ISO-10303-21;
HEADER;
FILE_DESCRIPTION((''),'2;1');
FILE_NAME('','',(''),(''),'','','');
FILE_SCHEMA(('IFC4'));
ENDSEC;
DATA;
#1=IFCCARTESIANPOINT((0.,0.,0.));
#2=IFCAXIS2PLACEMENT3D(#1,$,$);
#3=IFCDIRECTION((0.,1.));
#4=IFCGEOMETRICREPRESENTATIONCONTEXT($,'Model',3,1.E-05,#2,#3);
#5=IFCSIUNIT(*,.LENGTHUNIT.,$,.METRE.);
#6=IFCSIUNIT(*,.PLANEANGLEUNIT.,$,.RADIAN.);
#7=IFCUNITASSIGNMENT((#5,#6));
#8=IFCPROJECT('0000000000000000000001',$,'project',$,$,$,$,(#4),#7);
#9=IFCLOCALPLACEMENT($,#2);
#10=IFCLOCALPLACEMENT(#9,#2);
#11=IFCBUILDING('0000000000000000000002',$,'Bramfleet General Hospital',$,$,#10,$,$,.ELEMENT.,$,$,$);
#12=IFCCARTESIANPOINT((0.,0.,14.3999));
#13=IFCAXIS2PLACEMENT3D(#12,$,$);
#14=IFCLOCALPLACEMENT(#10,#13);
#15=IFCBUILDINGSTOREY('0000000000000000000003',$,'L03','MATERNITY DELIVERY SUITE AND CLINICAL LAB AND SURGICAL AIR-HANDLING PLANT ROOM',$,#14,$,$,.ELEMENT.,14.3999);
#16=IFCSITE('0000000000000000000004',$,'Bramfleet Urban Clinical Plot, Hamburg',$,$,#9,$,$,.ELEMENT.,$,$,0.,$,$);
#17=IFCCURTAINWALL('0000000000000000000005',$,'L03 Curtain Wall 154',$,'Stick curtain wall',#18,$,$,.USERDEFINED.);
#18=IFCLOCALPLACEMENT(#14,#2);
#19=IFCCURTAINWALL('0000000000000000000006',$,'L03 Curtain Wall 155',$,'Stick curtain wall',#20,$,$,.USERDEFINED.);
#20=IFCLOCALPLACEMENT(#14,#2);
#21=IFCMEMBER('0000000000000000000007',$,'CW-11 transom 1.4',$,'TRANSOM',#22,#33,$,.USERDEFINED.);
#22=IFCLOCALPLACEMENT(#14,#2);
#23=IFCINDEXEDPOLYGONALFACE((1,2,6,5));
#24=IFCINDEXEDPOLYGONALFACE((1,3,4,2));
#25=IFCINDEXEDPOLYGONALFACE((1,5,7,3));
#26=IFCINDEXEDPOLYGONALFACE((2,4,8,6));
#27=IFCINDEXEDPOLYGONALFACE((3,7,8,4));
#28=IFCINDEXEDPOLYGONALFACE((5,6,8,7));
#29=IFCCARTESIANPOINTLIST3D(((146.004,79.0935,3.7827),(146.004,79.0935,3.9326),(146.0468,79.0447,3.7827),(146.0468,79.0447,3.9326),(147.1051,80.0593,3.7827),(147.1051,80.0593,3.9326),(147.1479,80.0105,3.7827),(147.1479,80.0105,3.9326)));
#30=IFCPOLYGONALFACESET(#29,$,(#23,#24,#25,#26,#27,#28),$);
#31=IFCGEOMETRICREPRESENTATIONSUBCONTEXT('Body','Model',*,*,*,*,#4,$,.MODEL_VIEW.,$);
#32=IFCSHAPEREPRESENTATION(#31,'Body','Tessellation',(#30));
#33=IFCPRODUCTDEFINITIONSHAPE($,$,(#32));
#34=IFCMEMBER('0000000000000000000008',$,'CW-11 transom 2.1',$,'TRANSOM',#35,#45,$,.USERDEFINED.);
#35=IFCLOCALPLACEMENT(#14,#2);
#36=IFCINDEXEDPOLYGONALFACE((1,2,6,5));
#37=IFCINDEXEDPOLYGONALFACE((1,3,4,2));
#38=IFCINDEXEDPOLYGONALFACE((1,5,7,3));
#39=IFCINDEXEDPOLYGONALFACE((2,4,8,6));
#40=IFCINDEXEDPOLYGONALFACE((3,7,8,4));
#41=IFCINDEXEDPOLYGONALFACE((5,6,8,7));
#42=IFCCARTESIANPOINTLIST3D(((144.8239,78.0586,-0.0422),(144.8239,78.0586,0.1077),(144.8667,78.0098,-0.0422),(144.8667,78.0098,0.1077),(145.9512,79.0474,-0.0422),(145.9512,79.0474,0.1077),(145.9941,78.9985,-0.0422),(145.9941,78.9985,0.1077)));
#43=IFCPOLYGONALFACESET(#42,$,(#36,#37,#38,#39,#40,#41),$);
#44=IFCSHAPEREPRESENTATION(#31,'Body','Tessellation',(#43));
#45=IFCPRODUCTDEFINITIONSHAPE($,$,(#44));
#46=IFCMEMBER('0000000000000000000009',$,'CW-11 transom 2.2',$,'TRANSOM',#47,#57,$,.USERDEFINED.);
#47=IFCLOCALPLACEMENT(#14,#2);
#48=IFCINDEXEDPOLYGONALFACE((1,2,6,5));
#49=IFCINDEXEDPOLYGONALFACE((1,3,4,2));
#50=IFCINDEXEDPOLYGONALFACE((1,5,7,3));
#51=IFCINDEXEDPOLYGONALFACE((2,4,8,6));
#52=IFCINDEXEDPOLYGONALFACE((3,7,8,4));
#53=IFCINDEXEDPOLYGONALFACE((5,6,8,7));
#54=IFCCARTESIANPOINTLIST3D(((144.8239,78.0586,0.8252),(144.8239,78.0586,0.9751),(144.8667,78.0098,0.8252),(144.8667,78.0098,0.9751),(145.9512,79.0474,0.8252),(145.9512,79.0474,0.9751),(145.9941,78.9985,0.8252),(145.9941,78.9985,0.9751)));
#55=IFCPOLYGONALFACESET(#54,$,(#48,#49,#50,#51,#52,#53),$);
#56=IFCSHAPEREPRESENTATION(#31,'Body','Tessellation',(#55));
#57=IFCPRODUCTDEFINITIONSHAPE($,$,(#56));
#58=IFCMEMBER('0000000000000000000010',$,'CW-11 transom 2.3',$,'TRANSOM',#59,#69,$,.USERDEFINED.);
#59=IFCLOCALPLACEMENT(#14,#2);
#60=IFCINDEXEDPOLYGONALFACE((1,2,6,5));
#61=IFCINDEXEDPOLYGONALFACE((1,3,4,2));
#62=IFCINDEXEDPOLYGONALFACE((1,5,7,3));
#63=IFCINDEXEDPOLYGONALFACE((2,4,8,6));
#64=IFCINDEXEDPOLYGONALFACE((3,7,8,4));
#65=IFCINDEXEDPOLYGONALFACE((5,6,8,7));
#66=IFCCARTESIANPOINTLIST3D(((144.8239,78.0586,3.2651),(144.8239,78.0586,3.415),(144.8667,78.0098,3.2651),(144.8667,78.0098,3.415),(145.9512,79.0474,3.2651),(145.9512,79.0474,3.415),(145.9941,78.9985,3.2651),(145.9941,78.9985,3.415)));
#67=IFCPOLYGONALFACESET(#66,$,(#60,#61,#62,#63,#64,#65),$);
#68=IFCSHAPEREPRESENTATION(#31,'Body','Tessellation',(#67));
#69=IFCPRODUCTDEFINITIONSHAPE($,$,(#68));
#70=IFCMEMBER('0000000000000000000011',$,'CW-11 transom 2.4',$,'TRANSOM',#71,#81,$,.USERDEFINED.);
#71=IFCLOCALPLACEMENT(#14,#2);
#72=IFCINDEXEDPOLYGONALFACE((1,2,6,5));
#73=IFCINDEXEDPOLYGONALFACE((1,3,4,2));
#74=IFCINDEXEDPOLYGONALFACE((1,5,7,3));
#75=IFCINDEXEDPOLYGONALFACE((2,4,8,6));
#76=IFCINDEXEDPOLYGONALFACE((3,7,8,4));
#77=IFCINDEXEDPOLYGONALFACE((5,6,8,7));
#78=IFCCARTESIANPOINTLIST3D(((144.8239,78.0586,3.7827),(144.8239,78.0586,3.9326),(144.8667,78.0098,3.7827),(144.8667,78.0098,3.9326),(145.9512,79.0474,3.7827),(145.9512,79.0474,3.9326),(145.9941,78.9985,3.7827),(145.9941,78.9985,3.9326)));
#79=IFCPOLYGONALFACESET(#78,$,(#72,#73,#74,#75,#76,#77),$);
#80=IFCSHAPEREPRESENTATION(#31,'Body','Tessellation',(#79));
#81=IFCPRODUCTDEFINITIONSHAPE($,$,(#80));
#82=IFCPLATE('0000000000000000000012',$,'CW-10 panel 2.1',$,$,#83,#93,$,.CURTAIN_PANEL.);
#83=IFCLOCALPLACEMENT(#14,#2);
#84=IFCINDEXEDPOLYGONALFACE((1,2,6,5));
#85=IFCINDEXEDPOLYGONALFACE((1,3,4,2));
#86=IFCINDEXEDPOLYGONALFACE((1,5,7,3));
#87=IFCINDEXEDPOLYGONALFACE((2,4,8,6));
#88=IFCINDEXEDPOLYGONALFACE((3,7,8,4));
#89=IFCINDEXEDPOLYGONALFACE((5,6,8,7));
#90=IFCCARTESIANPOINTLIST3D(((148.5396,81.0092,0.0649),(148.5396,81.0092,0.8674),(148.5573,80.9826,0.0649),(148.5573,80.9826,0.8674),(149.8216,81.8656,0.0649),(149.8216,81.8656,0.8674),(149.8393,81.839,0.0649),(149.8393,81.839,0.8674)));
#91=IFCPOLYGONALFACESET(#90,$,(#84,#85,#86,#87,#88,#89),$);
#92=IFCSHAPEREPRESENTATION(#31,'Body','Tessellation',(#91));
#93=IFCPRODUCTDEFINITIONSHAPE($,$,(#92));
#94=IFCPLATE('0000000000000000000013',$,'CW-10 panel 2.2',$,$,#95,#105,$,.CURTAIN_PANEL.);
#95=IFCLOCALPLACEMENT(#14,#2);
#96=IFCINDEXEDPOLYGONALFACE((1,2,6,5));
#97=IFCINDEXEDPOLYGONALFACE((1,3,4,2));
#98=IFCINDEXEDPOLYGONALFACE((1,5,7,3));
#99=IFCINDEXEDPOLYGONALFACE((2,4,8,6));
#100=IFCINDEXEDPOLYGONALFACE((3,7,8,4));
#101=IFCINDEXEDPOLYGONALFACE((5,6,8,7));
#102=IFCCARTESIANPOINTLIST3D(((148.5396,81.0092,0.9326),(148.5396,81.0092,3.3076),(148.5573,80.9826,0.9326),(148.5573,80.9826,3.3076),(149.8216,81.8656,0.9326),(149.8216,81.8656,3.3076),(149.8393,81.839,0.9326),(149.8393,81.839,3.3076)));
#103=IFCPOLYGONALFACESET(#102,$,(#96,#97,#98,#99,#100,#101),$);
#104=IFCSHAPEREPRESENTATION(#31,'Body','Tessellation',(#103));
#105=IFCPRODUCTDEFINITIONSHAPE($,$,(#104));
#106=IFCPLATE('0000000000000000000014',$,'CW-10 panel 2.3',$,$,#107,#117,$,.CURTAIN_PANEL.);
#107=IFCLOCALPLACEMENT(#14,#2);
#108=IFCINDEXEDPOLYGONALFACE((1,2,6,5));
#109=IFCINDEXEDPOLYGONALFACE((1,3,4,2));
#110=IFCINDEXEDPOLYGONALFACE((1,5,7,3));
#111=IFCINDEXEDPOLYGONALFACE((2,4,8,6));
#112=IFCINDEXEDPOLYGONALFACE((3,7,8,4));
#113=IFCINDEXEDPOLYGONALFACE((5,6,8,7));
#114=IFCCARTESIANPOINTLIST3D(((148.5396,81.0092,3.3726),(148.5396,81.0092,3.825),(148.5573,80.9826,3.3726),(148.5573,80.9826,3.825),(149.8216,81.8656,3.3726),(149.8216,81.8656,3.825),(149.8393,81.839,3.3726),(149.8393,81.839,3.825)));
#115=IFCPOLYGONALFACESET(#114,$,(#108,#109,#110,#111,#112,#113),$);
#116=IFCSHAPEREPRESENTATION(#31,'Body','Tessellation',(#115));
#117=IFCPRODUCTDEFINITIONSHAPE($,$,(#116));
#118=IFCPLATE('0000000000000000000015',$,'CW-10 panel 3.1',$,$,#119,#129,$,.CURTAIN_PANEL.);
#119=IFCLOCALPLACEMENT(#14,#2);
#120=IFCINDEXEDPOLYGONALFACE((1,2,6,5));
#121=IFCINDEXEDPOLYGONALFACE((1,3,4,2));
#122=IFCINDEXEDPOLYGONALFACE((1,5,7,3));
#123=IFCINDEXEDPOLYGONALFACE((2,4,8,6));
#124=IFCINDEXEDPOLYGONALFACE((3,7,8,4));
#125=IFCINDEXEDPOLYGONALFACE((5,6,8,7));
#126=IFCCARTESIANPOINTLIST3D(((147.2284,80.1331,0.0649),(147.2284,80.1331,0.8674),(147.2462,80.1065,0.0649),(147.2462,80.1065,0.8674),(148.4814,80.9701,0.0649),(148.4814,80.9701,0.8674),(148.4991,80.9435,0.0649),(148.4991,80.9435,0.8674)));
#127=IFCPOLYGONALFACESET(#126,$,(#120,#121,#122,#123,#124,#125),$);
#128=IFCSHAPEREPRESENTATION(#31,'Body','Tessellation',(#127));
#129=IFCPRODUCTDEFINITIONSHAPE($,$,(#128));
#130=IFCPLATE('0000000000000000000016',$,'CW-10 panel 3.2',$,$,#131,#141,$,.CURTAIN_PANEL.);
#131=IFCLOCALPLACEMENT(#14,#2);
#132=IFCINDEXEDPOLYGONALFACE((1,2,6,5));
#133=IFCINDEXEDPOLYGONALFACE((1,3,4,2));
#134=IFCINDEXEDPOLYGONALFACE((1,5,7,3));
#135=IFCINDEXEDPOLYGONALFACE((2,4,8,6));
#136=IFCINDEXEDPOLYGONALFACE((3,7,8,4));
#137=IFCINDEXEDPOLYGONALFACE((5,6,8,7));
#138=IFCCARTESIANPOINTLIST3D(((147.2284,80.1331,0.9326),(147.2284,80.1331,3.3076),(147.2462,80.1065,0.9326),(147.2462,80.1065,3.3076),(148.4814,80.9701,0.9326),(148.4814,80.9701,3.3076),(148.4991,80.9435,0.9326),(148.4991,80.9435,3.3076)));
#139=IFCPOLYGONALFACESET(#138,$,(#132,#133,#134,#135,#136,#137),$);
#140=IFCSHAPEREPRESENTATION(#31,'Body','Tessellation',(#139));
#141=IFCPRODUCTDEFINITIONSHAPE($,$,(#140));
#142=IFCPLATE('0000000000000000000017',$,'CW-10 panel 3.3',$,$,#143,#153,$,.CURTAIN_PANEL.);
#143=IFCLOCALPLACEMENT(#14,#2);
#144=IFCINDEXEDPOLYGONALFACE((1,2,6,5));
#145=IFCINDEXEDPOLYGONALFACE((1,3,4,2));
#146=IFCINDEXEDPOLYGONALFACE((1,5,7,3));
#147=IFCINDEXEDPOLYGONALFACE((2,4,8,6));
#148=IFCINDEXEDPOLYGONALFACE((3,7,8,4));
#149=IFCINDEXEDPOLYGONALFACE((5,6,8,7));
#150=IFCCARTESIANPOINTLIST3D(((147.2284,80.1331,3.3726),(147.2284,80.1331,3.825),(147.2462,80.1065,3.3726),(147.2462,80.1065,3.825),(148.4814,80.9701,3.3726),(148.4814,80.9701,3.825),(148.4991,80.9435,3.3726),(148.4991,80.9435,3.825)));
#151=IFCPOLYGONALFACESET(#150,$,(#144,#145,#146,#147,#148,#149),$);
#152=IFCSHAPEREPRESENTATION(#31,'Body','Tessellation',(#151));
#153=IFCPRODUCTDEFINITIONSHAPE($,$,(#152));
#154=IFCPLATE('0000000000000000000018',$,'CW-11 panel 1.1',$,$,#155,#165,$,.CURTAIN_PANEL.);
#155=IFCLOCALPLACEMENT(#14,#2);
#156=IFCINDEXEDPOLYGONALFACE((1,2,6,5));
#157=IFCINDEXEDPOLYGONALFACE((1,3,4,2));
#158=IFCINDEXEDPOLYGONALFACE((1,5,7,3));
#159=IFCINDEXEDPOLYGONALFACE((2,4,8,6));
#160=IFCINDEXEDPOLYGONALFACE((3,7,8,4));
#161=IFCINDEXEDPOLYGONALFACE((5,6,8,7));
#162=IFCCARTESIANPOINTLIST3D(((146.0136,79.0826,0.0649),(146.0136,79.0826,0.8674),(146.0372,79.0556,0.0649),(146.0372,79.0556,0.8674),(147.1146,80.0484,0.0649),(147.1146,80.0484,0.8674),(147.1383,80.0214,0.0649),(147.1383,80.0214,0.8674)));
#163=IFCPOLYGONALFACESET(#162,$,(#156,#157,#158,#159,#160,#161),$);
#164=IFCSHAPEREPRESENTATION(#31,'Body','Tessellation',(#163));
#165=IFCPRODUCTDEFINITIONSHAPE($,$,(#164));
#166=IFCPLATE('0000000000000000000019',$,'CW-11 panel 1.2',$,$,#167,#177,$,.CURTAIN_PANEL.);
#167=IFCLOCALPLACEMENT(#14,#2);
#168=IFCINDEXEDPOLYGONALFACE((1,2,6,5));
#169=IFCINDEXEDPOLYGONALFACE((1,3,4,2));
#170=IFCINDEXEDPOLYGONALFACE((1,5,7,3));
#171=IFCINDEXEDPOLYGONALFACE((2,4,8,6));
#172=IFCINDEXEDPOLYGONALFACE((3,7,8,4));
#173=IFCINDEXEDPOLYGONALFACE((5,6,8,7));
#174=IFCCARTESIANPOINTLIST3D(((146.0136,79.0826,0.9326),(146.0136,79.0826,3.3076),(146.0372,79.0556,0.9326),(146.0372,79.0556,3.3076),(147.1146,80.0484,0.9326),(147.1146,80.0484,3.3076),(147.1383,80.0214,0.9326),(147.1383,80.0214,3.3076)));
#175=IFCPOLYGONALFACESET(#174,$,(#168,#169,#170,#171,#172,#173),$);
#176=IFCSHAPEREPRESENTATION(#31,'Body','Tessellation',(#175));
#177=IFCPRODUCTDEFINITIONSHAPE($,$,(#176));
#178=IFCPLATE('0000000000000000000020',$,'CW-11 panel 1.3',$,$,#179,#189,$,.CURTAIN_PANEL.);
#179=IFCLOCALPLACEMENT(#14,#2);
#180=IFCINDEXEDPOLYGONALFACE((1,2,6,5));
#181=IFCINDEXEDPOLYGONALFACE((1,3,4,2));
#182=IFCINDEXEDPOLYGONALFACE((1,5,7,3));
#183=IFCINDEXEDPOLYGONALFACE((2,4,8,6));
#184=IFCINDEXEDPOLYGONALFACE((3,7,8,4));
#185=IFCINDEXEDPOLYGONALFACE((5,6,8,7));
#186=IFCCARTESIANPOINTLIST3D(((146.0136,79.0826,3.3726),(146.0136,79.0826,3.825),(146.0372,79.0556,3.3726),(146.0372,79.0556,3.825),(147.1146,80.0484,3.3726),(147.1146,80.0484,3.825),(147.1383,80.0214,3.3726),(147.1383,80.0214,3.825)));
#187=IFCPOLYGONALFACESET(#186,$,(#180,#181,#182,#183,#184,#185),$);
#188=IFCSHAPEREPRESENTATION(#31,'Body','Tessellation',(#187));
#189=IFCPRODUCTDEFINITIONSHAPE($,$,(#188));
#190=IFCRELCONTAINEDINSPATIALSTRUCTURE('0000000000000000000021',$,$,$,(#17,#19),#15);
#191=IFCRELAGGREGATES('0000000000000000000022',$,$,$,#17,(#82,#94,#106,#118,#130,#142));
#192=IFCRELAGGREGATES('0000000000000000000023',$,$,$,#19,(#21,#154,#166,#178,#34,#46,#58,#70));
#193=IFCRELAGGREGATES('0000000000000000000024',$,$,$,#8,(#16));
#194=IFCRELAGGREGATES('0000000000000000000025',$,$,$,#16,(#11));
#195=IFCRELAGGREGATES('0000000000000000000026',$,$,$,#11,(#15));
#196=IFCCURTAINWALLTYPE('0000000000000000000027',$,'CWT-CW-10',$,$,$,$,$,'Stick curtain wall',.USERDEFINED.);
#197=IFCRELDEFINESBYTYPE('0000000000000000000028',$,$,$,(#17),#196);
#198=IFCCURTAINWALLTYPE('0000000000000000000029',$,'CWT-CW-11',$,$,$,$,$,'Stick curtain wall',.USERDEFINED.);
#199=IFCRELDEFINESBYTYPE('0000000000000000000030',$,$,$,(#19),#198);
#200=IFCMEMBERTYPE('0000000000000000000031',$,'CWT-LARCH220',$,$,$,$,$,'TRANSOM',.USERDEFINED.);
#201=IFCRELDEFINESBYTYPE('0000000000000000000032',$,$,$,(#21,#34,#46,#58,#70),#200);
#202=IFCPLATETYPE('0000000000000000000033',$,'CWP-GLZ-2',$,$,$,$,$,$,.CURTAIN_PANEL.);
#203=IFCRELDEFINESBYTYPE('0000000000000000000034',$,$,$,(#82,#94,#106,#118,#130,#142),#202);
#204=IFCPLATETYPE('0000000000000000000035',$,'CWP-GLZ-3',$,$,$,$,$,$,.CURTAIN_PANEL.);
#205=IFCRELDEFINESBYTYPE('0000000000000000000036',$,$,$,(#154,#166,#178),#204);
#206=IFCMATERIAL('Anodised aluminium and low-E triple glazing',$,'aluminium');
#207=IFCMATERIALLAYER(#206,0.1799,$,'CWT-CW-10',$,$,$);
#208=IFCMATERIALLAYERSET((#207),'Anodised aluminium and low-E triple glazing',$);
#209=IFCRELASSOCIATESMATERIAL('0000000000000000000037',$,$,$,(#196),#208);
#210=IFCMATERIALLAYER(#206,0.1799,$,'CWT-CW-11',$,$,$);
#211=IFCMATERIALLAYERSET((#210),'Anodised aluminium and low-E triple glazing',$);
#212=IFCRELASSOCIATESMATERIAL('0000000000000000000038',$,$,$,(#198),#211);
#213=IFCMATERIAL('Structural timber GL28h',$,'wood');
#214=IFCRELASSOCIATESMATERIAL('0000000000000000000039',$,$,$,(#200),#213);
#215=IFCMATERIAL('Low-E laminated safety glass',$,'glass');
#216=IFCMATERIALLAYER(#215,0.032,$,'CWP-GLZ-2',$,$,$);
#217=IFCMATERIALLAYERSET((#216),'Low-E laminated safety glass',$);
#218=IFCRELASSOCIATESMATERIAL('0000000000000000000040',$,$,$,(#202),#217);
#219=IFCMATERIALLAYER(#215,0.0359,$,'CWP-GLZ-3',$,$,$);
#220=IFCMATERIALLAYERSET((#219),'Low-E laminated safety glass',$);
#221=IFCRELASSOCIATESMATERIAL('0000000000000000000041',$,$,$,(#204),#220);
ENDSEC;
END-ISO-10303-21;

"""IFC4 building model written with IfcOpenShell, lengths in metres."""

from ifc_helpers import new_model, si_unit, direction, frame, origin, origin_2d, place, context, subcontext, project, spatial, rectangle, extrude, material, layer, layer_set, material_profile, profile_set, type_object, element, aggregate, save


model = new_model("IFC4")

# Units and contexts
model_context = context("Model", 3, precision=1e-05, world=origin(), true_north=direction((0.0, 1.0)))
body_context = subcontext(model_context, "Body", "Model", "MODEL_VIEW")
ifc_project = project(units=[si_unit("LENGTHUNIT", "METRE"), si_unit("PLANEANGLEUNIT", "RADIAN")], contexts=[model_context])

# Site, building, storey
site_placement = place(None, origin())
site = spatial("IfcSite", under=ifc_project, at=site_placement, Name="Bramfleet Urban Clinical Plot, Hamburg", CompositionType="ELEMENT", RefElevation=0.0)
building_placement = place(site_placement, origin())
building = spatial("IfcBuilding", under=site, at=building_placement, Name="Bramfleet General Hospital", CompositionType="ELEMENT")
storey_placement = place(building_placement, frame((0.0, 0.0, 14.3999)))
storey = spatial("IfcBuildingStorey", under=building, at=storey_placement, Name="L03", Description="MATERNITY DELIVERY SUITE AND CLINICAL LAB AND SURGICAL AIR-HANDLING PLANT ROOM", CompositionType="ELEMENT", Elevation=14.3999)

# Curtain walls
ifc_material_1 = material(Name="Anodised aluminium and low-E triple glazing", Category="aluminium")
ifc_layer_1 = layer(ifc_material_1, 0.1799, Name="CWT-CW-10")
ifc_layer_set_1 = layer_set([ifc_layer_1], Name="Anodised aluminium and low-E triple glazing")
curtain_wall_type_1 = type_object("IfcCurtainWallType", Name="CWT-CW-10", ElementType="Stick curtain wall", PredefinedType="USERDEFINED", material=ifc_layer_set_1)
curtain_wall_1_placement = place(storey_placement, origin())
curtain_wall_1 = element("IfcCurtainWall", 1, at=curtain_wall_1_placement, inside=storey, type_object=curtain_wall_type_1, Name="L03 Curtain Wall 154", ObjectType="Stick curtain wall", PredefinedType="USERDEFINED")
ifc_material_2 = material(Name="Structural timber GL28h", Category="wood")
ifc_layer_2 = layer(ifc_material_1, 0.1799, Name="CWT-CW-11")
ifc_layer_set_2 = layer_set([ifc_layer_2], Name="Anodised aluminium and low-E triple glazing")
curtain_wall_type_2 = type_object("IfcCurtainWallType", Name="CWT-CW-11", ElementType="Stick curtain wall", PredefinedType="USERDEFINED", material=ifc_layer_set_2)
curtain_wall_2_placement = place(storey_placement, origin())
curtain_wall_2 = element("IfcCurtainWall", 2, at=curtain_wall_2_placement, inside=storey, type_object=curtain_wall_type_2, Name="L03 Curtain Wall 155", ObjectType="Stick curtain wall", PredefinedType="USERDEFINED")

# Members
ifc_material_profile_1 = material_profile(ifc_material_2, rectangle(XDim=0.0649, YDim=0.1499, at=origin_2d()), Name="LARCH 150x65")
ifc_profile_set_1 = profile_set([ifc_material_profile_1], Name="Structural timber GL28h")
member_type_1 = type_object("IfcMemberType", Name="CWT-LARCH220", ElementType="TRANSOM", PredefinedType="USERDEFINED", material=ifc_profile_set_1)
member_1_placement = place(storey_placement, frame((147.1265, 80.0349, 3.8577), z_axis=(-0.751771, -0.659425, 0.0), x_axis=(0.659425, -0.751771, 0.0)))
member_1 = element("IfcMember", 3, at=member_1_placement, type_object=member_type_1, Name="CW-11 transom 1.4", ObjectType="TRANSOM", PredefinedType="USERDEFINED", context=body_context, shape_type="SweptSolid", body=[
    extrude(rectangle(XDim=0.0649, YDim=0.1499, at=origin_2d()), origin(), (0.0, 0.0, 1.0), 1.4646),
])
member_2_placement = place(storey_placement, frame((145.9727, 79.0229, 0.0327), z_axis=(-0.75183, -0.659357, 0.0), x_axis=(0.659357, -0.75183, 0.0)))
member_2 = element("IfcMember", 4, at=member_2_placement, type_object=member_type_1, Name="CW-11 transom 2.1", ObjectType="TRANSOM", PredefinedType="USERDEFINED", context=body_context, shape_type="SweptSolid", body=[
    extrude(rectangle(XDim=0.0649, YDim=0.1499, at=origin_2d()), origin(), (0.0, 0.0, 1.0), 1.4995),
])
member_3_placement = place(storey_placement, frame((145.9727, 79.0229, 0.9001), z_axis=(-0.75183, -0.659357, 0.0), x_axis=(0.659357, -0.75183, 0.0)))
member_3 = element("IfcMember", 5, at=member_3_placement, type_object=member_type_1, Name="CW-11 transom 2.2", ObjectType="TRANSOM", PredefinedType="USERDEFINED", context=body_context, shape_type="SweptSolid", body=[
    extrude(rectangle(XDim=0.0649, YDim=0.1499, at=origin_2d()), origin(), (0.0, 0.0, 1.0), 1.4995),
])
member_4_placement = place(storey_placement, frame((145.9727, 79.0229, 3.3401), z_axis=(-0.75183, -0.659357, 0.0), x_axis=(0.659357, -0.75183, 0.0)))
member_4 = element("IfcMember", 6, at=member_4_placement, type_object=member_type_1, Name="CW-11 transom 2.3", ObjectType="TRANSOM", PredefinedType="USERDEFINED", context=body_context, shape_type="SweptSolid", body=[
    extrude(rectangle(XDim=0.0649, YDim=0.1499, at=origin_2d()), origin(), (0.0, 0.0, 1.0), 1.4995),
])
member_5_placement = place(storey_placement, frame((145.9727, 79.0229, 3.8577), z_axis=(-0.75183, -0.659357, 0.0), x_axis=(0.659357, -0.75183, 0.0)))
member_5 = element("IfcMember", 7, at=member_5_placement, type_object=member_type_1, Name="CW-11 transom 2.4", ObjectType="TRANSOM", PredefinedType="USERDEFINED", context=body_context, shape_type="SweptSolid", body=[
    extrude(rectangle(XDim=0.0649, YDim=0.1499, at=origin_2d()), origin(), (0.0, 0.0, 1.0), 1.4995),
])

# Plates
ifc_material_3 = material(Name="Low-E laminated safety glass", Category="glass")
ifc_layer_3 = layer(ifc_material_3, 0.032, Name="CWP-GLZ-2")
ifc_layer_set_3 = layer_set([ifc_layer_3], Name="Low-E laminated safety glass")
plate_type_1 = type_object("IfcPlateType", Name="CWP-GLZ-2", PredefinedType="CURTAIN_PANEL", material=ifc_layer_set_3)
plate_1_placement = place(storey_placement, frame((149.1895, 81.4241, 0.0649), z_axis=(0.0, 0.0, 1.0), x_axis=(-0.831541, -0.555464, 0.0)))
plate_1 = element("IfcPlate", 8, at=plate_1_placement, type_object=plate_type_1, Name="CW-10 panel 2.1", PredefinedType="CURTAIN_PANEL", context=body_context, shape_type="SweptSolid", body=[
    extrude(rectangle(XDim=1.5417, YDim=0.032, at=origin_2d()), origin(), (0.0, 0.0, 1.0), 0.8025),
])
plate_2_placement = place(storey_placement, frame((149.1895, 81.4241, 0.9326), z_axis=(0.0, 0.0, 1.0), x_axis=(-0.831541, -0.555464, 0.0)))
plate_2 = element("IfcPlate", 9, at=plate_2_placement, type_object=plate_type_1, Name="CW-10 panel 2.2", PredefinedType="CURTAIN_PANEL", context=body_context, shape_type="SweptSolid", body=[
    extrude(rectangle(XDim=1.5417, YDim=0.032, at=origin_2d()), origin(), (0.0, 0.0, 1.0), 2.375),
])
plate_3_placement = place(storey_placement, frame((149.1895, 81.4241, 3.3726), z_axis=(0.0, 0.0, 1.0), x_axis=(-0.831541, -0.555464, 0.0)))
plate_3 = element("IfcPlate", 10, at=plate_3_placement, type_object=plate_type_1, Name="CW-10 panel 2.3", PredefinedType="CURTAIN_PANEL", context=body_context, shape_type="SweptSolid", body=[
    extrude(rectangle(XDim=1.5417, YDim=0.032, at=origin_2d()), origin(), (0.0, 0.0, 1.0), 0.4524),
])
plate_4_placement = place(storey_placement, frame((147.8638, 80.5383, 0.0649), z_axis=(0.0, 0.0, 1.0), x_axis=(-0.831541, -0.555464, 0.0)))
plate_4 = element("IfcPlate", 11, at=plate_4_placement, type_object=plate_type_1, Name="CW-10 panel 3.1", PredefinedType="CURTAIN_PANEL", context=body_context, shape_type="SweptSolid", body=[
    extrude(rectangle(XDim=1.5068, YDim=0.032, at=origin_2d()), origin(), (0.0, 0.0, 1.0), 0.8025),
])
plate_5_placement = place(storey_placement, frame((147.8638, 80.5383, 0.9326), z_axis=(0.0, 0.0, 1.0), x_axis=(-0.831541, -0.555464, 0.0)))
plate_5 = element("IfcPlate", 12, at=plate_5_placement, type_object=plate_type_1, Name="CW-10 panel 3.2", PredefinedType="CURTAIN_PANEL", context=body_context, shape_type="SweptSolid", body=[
    extrude(rectangle(XDim=1.5068, YDim=0.032, at=origin_2d()), origin(), (0.0, 0.0, 1.0), 2.375),
])
plate_6_placement = place(storey_placement, frame((147.8638, 80.5383, 3.3726), z_axis=(0.0, 0.0, 1.0), x_axis=(-0.831541, -0.555464, 0.0)))
plate_6 = element("IfcPlate", 13, at=plate_6_placement, type_object=plate_type_1, Name="CW-10 panel 3.3", PredefinedType="CURTAIN_PANEL", context=body_context, shape_type="SweptSolid", body=[
    extrude(rectangle(XDim=1.5068, YDim=0.032, at=origin_2d()), origin(), (0.0, 0.0, 1.0), 0.4524),
])
aggregate(curtain_wall_1, [plate_1, plate_2, plate_3, plate_4, plate_5, plate_6])
ifc_layer_4 = layer(ifc_material_3, 0.0359, Name="CWP-GLZ-3")
ifc_layer_set_4 = layer_set([ifc_layer_4], Name="Low-E laminated safety glass")
plate_type_2 = type_object("IfcPlateType", Name="CWP-GLZ-3", PredefinedType="CURTAIN_PANEL", material=ifc_layer_set_4)
plate_7_placement = place(storey_placement, frame((146.5759, 79.552, 0.0649), z_axis=(0.0, 0.0, 1.0), x_axis=(-0.751787, -0.659406, 0.0)))
plate_7 = element("IfcPlate", 14, at=plate_7_placement, type_object=plate_type_2, Name="CW-11 panel 1.1", PredefinedType="CURTAIN_PANEL", context=body_context, shape_type="SweptSolid", body=[
    extrude(rectangle(XDim=1.4646, YDim=0.0359, at=origin_2d()), origin(), (0.0, 0.0, 1.0), 0.8025),
])
plate_8_placement = place(storey_placement, frame((146.5759, 79.552, 0.9326), z_axis=(0.0, 0.0, 1.0), x_axis=(-0.751787, -0.659406, 0.0)))
plate_8 = element("IfcPlate", 15, at=plate_8_placement, type_object=plate_type_2, Name="CW-11 panel 1.2", PredefinedType="CURTAIN_PANEL", context=body_context, shape_type="SweptSolid", body=[
    extrude(rectangle(XDim=1.4646, YDim=0.0359, at=origin_2d()), origin(), (0.0, 0.0, 1.0), 2.375),
])
plate_9_placement = place(storey_placement, frame((146.5759, 79.552, 3.3726), z_axis=(0.0, 0.0, 1.0), x_axis=(-0.751787, -0.659406, 0.0)))
plate_9 = element("IfcPlate", 16, at=plate_9_placement, type_object=plate_type_2, Name="CW-11 panel 1.3", PredefinedType="CURTAIN_PANEL", context=body_context, shape_type="SweptSolid", body=[
    extrude(rectangle(XDim=1.4646, YDim=0.0359, at=origin_2d()), origin(), (0.0, 0.0, 1.0), 0.4524),
])
aggregate(curtain_wall_2, [member_1, plate_7, plate_8, plate_9, member_2, member_3, member_4, member_5])

save(model, "model.ifc")
